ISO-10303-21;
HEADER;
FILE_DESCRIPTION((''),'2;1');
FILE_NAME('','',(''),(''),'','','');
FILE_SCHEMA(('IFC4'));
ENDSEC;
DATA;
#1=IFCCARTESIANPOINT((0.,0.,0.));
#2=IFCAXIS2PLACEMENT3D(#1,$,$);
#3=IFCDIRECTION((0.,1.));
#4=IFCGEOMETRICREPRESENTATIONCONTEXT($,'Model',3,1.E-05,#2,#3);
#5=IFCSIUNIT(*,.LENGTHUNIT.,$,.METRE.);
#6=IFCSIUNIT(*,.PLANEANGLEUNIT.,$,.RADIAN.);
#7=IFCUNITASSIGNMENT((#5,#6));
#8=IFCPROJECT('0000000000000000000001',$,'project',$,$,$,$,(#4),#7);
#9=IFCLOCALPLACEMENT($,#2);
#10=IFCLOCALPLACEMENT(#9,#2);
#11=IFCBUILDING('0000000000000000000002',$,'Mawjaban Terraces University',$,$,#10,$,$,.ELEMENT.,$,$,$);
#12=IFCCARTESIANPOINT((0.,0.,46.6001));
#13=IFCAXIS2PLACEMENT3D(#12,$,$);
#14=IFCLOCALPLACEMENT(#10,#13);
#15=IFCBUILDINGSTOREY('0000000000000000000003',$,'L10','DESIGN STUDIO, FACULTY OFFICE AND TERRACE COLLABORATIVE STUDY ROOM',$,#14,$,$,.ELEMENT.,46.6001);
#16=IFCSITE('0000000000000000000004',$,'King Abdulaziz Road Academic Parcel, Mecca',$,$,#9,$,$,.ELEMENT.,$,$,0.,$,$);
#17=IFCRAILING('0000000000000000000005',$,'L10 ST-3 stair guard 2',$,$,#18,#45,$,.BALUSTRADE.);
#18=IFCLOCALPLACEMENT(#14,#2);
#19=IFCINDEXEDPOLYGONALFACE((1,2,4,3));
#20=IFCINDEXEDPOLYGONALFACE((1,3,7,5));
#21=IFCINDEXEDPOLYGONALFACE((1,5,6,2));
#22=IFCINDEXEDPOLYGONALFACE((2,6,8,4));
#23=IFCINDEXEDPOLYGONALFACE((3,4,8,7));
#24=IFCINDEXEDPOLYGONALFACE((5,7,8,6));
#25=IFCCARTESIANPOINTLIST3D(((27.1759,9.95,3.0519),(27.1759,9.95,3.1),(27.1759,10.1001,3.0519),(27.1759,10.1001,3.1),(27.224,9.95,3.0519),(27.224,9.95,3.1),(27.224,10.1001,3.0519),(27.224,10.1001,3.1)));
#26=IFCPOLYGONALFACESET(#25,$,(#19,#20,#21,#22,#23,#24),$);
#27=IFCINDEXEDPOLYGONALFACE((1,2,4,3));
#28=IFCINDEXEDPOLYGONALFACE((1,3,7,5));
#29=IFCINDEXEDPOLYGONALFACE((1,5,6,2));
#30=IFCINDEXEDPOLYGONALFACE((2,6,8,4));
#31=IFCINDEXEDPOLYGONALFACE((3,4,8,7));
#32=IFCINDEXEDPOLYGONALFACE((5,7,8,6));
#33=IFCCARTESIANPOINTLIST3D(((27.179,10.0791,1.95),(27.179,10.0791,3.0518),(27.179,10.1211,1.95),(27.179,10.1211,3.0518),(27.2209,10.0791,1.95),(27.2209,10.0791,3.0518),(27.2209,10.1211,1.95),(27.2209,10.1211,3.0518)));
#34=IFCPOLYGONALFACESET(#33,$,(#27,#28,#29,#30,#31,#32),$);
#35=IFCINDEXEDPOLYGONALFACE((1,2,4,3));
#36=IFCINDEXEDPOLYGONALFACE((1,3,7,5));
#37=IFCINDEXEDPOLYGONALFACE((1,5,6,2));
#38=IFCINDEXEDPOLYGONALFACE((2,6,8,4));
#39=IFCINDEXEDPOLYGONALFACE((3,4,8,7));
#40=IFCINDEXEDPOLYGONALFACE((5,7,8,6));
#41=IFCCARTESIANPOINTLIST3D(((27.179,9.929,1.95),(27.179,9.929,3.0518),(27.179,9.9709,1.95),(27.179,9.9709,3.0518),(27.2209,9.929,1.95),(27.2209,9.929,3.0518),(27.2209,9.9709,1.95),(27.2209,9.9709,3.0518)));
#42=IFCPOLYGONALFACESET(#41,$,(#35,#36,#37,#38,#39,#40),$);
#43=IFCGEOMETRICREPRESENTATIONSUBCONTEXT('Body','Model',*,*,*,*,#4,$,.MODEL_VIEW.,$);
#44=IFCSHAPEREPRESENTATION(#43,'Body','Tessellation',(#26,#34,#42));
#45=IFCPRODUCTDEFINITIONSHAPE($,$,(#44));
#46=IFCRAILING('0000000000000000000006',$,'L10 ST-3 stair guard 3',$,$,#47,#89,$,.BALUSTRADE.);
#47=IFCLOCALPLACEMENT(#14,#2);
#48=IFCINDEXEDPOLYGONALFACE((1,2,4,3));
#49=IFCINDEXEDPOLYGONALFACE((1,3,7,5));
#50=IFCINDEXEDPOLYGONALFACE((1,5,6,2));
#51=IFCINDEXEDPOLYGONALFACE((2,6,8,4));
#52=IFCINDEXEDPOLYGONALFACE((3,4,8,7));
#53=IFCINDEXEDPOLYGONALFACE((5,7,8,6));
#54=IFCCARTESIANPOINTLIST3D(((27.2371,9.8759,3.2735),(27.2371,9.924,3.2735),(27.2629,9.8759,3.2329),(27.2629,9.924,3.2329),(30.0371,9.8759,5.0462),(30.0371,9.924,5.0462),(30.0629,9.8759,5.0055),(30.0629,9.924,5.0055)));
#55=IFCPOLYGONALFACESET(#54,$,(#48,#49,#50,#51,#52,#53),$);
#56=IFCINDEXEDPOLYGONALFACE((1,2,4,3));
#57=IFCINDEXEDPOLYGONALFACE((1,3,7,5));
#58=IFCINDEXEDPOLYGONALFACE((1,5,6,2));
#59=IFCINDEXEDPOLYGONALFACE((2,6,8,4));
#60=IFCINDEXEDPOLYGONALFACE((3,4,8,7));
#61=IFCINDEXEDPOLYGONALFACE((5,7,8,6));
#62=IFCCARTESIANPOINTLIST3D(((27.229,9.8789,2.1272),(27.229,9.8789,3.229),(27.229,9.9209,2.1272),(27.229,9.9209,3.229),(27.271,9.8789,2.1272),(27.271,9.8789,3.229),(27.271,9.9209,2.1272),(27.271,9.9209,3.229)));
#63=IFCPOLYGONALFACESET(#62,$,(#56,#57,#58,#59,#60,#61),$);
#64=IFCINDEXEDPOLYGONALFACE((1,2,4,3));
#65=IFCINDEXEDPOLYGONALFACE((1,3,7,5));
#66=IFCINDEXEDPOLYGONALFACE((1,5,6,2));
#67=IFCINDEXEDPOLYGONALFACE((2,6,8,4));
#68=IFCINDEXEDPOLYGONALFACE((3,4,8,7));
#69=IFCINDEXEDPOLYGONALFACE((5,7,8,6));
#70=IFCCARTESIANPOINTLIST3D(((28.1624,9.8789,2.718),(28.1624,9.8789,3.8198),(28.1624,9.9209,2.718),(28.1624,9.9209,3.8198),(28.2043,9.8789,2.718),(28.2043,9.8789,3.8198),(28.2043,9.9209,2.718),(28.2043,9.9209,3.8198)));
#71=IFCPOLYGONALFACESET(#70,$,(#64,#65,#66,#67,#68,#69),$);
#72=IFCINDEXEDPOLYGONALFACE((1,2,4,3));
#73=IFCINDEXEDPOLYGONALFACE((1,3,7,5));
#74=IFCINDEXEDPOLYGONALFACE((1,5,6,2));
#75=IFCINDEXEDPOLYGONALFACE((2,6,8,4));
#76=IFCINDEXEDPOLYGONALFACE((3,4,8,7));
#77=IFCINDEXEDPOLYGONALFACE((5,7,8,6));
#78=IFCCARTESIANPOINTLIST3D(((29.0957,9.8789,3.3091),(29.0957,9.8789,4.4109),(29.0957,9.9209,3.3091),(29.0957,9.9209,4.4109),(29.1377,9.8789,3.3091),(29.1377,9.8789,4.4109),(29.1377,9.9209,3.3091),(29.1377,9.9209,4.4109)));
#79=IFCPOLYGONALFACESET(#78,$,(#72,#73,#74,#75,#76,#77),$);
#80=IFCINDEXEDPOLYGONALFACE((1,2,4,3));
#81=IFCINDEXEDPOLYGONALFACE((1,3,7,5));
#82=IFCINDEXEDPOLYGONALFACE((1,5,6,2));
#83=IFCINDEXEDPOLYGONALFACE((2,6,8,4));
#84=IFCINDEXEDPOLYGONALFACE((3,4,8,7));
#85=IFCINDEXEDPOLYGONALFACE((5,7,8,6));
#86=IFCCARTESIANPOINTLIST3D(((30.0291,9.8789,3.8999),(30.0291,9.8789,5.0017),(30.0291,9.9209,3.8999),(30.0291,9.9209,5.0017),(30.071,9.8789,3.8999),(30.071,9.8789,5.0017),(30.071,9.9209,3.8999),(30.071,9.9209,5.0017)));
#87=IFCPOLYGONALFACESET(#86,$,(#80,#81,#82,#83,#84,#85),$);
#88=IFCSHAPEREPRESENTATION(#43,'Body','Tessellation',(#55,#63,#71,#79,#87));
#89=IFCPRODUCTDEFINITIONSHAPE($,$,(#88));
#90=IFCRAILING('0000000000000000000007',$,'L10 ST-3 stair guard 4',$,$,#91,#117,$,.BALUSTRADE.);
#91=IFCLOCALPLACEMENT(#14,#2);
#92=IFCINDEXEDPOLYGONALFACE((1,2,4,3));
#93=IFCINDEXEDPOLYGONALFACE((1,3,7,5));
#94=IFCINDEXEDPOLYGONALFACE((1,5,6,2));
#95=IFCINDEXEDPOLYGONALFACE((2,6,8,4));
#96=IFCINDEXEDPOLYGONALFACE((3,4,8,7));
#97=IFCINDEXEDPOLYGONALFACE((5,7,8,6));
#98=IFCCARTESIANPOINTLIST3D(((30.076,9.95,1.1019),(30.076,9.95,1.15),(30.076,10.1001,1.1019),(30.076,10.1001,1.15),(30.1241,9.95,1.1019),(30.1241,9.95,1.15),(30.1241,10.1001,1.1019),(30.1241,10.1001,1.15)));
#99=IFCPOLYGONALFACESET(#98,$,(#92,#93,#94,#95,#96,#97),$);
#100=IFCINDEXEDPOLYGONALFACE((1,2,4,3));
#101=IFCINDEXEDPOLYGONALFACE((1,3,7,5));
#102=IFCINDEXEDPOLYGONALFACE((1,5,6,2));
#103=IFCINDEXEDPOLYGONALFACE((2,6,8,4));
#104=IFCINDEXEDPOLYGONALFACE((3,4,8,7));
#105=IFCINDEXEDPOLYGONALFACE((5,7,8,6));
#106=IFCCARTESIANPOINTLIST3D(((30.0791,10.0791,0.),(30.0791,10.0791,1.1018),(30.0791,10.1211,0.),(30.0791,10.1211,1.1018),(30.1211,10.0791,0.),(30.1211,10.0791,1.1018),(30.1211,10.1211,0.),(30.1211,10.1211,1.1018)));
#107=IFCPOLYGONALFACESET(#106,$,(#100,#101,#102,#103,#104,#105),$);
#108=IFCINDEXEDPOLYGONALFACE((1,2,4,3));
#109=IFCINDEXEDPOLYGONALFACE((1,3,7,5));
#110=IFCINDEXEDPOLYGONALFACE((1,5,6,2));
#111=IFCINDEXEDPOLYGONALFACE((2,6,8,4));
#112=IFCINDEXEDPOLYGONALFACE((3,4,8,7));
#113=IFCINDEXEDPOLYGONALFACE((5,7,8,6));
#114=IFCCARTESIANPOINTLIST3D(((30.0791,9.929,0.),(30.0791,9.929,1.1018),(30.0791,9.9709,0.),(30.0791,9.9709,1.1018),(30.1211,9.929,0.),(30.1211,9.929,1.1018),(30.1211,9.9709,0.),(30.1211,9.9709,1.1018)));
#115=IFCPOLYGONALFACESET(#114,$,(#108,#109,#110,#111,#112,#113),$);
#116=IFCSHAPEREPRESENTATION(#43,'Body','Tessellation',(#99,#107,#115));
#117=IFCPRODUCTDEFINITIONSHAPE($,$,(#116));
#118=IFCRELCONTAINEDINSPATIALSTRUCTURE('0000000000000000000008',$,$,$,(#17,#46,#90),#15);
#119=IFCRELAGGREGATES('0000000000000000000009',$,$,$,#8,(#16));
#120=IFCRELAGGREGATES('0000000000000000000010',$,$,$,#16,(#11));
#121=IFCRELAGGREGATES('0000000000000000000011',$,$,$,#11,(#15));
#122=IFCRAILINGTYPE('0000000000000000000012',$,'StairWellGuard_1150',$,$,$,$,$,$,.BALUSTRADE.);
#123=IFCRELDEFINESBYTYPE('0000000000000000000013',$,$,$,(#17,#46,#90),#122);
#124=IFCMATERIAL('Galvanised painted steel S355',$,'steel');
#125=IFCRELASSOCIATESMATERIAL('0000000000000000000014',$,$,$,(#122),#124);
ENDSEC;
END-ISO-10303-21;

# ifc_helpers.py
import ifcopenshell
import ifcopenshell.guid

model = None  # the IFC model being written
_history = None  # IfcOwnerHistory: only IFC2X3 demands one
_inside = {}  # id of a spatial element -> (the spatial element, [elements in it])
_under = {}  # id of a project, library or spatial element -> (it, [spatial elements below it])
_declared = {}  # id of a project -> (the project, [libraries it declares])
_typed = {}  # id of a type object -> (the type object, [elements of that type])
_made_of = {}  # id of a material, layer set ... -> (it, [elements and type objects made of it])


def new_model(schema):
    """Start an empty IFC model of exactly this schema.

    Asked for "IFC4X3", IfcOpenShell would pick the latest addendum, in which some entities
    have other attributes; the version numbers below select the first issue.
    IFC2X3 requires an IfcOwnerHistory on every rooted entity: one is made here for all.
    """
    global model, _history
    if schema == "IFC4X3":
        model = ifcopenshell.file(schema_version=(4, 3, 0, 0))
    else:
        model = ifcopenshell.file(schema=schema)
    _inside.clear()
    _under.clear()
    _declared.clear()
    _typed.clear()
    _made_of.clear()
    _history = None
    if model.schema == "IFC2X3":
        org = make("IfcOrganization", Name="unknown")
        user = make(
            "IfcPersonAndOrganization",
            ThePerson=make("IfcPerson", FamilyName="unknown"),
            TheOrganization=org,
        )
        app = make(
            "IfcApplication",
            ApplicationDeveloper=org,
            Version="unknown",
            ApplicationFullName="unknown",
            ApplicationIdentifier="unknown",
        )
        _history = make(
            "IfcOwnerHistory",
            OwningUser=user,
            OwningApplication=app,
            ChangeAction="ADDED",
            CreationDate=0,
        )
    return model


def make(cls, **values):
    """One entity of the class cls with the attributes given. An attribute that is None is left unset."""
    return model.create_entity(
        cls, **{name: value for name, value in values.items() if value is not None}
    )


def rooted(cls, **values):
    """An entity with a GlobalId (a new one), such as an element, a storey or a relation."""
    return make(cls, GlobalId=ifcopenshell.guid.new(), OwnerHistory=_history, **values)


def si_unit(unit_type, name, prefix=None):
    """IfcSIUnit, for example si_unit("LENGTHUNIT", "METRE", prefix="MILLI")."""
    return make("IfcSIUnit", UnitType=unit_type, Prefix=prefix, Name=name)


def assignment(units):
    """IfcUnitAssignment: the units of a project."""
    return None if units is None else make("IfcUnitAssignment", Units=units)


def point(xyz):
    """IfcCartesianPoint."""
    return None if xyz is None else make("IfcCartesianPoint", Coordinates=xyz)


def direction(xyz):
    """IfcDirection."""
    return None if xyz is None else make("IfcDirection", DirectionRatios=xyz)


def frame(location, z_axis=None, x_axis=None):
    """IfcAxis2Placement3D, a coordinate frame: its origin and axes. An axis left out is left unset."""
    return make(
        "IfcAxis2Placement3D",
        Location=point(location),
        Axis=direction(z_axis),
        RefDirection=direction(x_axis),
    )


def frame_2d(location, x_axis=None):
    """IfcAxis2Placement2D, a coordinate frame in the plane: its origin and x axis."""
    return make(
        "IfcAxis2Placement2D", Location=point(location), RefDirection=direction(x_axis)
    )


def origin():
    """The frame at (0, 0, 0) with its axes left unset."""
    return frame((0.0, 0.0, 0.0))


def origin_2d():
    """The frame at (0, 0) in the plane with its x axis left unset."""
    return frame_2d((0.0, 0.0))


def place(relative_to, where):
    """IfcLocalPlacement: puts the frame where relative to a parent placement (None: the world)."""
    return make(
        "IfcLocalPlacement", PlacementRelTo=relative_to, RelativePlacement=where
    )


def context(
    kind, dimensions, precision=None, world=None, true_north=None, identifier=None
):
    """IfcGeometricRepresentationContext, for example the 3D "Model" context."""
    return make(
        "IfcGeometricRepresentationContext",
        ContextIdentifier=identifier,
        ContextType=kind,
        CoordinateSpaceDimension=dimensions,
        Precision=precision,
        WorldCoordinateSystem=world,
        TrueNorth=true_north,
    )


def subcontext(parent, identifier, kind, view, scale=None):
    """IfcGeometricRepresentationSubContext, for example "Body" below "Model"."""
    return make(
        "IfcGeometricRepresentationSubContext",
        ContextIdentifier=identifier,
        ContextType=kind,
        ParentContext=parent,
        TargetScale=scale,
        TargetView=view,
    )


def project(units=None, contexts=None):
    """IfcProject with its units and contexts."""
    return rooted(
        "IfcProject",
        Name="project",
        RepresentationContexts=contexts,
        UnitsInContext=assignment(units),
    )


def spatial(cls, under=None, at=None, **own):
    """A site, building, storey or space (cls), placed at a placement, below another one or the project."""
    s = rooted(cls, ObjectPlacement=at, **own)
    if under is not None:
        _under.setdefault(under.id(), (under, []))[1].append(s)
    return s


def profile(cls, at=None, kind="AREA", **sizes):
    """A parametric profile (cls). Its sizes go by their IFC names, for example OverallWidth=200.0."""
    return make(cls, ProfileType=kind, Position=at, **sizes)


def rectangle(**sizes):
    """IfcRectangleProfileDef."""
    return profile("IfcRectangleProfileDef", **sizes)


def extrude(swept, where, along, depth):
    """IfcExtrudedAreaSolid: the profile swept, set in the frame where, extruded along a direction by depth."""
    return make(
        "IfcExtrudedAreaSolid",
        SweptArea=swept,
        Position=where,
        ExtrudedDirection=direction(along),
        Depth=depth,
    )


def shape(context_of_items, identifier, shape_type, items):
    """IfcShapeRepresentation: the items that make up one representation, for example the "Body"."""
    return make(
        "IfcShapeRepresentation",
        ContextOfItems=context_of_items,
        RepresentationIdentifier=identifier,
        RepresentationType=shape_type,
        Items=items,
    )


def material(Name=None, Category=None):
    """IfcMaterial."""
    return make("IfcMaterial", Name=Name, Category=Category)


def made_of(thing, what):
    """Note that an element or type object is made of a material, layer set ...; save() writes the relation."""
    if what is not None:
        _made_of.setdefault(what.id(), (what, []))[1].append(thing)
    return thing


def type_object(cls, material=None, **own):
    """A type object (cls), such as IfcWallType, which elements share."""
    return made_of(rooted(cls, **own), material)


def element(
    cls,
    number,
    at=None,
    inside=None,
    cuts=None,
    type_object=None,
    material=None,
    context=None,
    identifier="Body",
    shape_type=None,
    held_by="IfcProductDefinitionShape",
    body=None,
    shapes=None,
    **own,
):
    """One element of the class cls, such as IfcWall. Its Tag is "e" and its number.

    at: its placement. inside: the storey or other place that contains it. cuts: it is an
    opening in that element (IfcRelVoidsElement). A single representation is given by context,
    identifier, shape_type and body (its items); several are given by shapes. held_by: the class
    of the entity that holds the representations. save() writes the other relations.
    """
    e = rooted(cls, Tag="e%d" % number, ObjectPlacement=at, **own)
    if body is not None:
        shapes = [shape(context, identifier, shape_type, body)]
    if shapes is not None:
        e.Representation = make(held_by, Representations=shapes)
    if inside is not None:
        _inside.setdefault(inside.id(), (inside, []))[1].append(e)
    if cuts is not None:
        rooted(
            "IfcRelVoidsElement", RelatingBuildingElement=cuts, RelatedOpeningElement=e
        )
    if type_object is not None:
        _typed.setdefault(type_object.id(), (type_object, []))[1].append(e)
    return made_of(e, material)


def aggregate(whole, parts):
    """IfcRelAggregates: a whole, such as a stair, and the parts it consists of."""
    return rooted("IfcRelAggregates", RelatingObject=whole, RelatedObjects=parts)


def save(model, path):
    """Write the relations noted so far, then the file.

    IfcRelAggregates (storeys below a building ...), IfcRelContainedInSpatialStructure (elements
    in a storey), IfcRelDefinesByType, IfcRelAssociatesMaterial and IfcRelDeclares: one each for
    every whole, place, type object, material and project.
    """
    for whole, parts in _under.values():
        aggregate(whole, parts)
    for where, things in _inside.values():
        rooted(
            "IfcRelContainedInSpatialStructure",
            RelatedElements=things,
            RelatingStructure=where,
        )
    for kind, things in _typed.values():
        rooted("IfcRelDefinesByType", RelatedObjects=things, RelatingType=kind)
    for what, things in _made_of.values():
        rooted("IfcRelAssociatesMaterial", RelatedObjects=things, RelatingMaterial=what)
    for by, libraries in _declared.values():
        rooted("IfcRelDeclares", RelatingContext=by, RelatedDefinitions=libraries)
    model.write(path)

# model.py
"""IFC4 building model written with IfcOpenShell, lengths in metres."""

from ifc_helpers import new_model, si_unit, direction, frame, origin, origin_2d, place, context, subcontext, project, spatial, rectangle, extrude, material, type_object, element, save


model = new_model("IFC4")

# Units and contexts
model_context = context("Model", 3, precision=1e-05, world=origin(), true_north=direction((0.0, 1.0)))
body_context = subcontext(model_context, "Body", "Model", "MODEL_VIEW")
ifc_project = project(units=[si_unit("LENGTHUNIT", "METRE"), si_unit("PLANEANGLEUNIT", "RADIAN")], contexts=[model_context])

# Site, building, storey
site_placement = place(None, origin())
site = spatial("IfcSite", under=ifc_project, at=site_placement, Name="King Abdulaziz Road Academic Parcel, Mecca", CompositionType="ELEMENT", RefElevation=0.0)
building_placement = place(site_placement, origin())
building = spatial("IfcBuilding", under=site, at=building_placement, Name="Mawjaban Terraces University", CompositionType="ELEMENT")
storey_placement = place(building_placement, frame((0.0, 0.0, 46.6001)))
storey = spatial("IfcBuildingStorey", under=building, at=storey_placement, Name="L10", Description="DESIGN STUDIO, FACULTY OFFICE AND TERRACE COLLABORATIVE STUDY ROOM", CompositionType="ELEMENT", Elevation=46.6001)

# Railings
ifc_material_1 = material(Name="Galvanised painted steel S355", Category="steel")
railing_type_1 = type_object("IfcRailingType", Name="StairWellGuard_1150", PredefinedType="BALUSTRADE", material=ifc_material_1)
railing_1_placement = place(storey_placement, frame((27.2, 10.1001, 1.95)))
element("IfcRailing", 1, at=railing_1_placement, inside=storey, type_object=railing_type_1, Name="L10 ST-3 stair guard 2", PredefinedType="BALUSTRADE", context=body_context, shape_type="SweptSolid", body=[
    extrude(rectangle(XDim=0.0481, YDim=0.0481, at=origin_2d()), frame((0.0, 0.0, 1.126), z_axis=(0.0, -1.0, 0.0), x_axis=(1.0, 0.0, 0.0)), (0.0, 0.0, 1.0), 0.1501),
    extrude(rectangle(XDim=0.042, YDim=0.042, at=origin_2d()), origin(), (0.0, 0.0, 1.0), 1.1018),
    extrude(rectangle(XDim=0.042, YDim=0.042, at=origin_2d()), frame((0.0, -0.1501, 0.0)), (0.0, 0.0, 1.0), 1.1018),
])
railing_2_placement = place(storey_placement, frame((27.25, 9.8999, 2.1272)))
element("IfcRailing", 2, at=railing_2_placement, inside=storey, type_object=railing_type_1, Name="L10 ST-3 stair guard 3", PredefinedType="BALUSTRADE", context=body_context, shape_type="SweptSolid", body=[
    extrude(rectangle(XDim=0.0481, YDim=0.0481, at=origin_2d()), frame((0.0, 0.0, 1.126), z_axis=(0.844909, 0.0, 0.53491), x_axis=(0.0, 1.0, 0.0)), (0.0, 0.0, 1.0), 3.314),
    extrude(rectangle(XDim=0.042, YDim=0.042, at=origin_2d()), origin(), (0.0, 0.0, 1.0), 1.1018),
    extrude(rectangle(XDim=0.042, YDim=0.042, at=origin_2d()), frame((0.9333, 0.0, 0.5908)), (0.0, 0.0, 1.0), 1.1018),
    extrude(rectangle(XDim=0.042, YDim=0.042, at=origin_2d()), frame((1.8667, 0.0, 1.1819)), (0.0, 0.0, 1.0), 1.1018),
    extrude(rectangle(XDim=0.042, YDim=0.042, at=origin_2d()), frame((2.8, 0.0, 1.7727)), (0.0, 0.0, 1.0), 1.1018),
])
railing_3_placement = place(storey_placement, frame((30.1001, 10.1001, 0.0)))
element("IfcRailing", 3, at=railing_3_placement, inside=storey, type_object=railing_type_1, Name="L10 ST-3 stair guard 4", PredefinedType="BALUSTRADE", context=body_context, shape_type="SweptSolid", body=[
    extrude(rectangle(XDim=0.0481, YDim=0.0481, at=origin_2d()), frame((0.0, 0.0, 1.126), z_axis=(0.0, -1.0, 0.0), x_axis=(1.0, 0.0, 0.0)), (0.0, 0.0, 1.0), 0.1501),
    extrude(rectangle(XDim=0.042, YDim=0.042, at=origin_2d()), origin(), (0.0, 0.0, 1.0), 1.1018),
    extrude(rectangle(XDim=0.042, YDim=0.042, at=origin_2d()), frame((0.0, -0.1501, 0.0)), (0.0, 0.0, 1.0), 1.1018),
])

save(model, "model.ifc")
